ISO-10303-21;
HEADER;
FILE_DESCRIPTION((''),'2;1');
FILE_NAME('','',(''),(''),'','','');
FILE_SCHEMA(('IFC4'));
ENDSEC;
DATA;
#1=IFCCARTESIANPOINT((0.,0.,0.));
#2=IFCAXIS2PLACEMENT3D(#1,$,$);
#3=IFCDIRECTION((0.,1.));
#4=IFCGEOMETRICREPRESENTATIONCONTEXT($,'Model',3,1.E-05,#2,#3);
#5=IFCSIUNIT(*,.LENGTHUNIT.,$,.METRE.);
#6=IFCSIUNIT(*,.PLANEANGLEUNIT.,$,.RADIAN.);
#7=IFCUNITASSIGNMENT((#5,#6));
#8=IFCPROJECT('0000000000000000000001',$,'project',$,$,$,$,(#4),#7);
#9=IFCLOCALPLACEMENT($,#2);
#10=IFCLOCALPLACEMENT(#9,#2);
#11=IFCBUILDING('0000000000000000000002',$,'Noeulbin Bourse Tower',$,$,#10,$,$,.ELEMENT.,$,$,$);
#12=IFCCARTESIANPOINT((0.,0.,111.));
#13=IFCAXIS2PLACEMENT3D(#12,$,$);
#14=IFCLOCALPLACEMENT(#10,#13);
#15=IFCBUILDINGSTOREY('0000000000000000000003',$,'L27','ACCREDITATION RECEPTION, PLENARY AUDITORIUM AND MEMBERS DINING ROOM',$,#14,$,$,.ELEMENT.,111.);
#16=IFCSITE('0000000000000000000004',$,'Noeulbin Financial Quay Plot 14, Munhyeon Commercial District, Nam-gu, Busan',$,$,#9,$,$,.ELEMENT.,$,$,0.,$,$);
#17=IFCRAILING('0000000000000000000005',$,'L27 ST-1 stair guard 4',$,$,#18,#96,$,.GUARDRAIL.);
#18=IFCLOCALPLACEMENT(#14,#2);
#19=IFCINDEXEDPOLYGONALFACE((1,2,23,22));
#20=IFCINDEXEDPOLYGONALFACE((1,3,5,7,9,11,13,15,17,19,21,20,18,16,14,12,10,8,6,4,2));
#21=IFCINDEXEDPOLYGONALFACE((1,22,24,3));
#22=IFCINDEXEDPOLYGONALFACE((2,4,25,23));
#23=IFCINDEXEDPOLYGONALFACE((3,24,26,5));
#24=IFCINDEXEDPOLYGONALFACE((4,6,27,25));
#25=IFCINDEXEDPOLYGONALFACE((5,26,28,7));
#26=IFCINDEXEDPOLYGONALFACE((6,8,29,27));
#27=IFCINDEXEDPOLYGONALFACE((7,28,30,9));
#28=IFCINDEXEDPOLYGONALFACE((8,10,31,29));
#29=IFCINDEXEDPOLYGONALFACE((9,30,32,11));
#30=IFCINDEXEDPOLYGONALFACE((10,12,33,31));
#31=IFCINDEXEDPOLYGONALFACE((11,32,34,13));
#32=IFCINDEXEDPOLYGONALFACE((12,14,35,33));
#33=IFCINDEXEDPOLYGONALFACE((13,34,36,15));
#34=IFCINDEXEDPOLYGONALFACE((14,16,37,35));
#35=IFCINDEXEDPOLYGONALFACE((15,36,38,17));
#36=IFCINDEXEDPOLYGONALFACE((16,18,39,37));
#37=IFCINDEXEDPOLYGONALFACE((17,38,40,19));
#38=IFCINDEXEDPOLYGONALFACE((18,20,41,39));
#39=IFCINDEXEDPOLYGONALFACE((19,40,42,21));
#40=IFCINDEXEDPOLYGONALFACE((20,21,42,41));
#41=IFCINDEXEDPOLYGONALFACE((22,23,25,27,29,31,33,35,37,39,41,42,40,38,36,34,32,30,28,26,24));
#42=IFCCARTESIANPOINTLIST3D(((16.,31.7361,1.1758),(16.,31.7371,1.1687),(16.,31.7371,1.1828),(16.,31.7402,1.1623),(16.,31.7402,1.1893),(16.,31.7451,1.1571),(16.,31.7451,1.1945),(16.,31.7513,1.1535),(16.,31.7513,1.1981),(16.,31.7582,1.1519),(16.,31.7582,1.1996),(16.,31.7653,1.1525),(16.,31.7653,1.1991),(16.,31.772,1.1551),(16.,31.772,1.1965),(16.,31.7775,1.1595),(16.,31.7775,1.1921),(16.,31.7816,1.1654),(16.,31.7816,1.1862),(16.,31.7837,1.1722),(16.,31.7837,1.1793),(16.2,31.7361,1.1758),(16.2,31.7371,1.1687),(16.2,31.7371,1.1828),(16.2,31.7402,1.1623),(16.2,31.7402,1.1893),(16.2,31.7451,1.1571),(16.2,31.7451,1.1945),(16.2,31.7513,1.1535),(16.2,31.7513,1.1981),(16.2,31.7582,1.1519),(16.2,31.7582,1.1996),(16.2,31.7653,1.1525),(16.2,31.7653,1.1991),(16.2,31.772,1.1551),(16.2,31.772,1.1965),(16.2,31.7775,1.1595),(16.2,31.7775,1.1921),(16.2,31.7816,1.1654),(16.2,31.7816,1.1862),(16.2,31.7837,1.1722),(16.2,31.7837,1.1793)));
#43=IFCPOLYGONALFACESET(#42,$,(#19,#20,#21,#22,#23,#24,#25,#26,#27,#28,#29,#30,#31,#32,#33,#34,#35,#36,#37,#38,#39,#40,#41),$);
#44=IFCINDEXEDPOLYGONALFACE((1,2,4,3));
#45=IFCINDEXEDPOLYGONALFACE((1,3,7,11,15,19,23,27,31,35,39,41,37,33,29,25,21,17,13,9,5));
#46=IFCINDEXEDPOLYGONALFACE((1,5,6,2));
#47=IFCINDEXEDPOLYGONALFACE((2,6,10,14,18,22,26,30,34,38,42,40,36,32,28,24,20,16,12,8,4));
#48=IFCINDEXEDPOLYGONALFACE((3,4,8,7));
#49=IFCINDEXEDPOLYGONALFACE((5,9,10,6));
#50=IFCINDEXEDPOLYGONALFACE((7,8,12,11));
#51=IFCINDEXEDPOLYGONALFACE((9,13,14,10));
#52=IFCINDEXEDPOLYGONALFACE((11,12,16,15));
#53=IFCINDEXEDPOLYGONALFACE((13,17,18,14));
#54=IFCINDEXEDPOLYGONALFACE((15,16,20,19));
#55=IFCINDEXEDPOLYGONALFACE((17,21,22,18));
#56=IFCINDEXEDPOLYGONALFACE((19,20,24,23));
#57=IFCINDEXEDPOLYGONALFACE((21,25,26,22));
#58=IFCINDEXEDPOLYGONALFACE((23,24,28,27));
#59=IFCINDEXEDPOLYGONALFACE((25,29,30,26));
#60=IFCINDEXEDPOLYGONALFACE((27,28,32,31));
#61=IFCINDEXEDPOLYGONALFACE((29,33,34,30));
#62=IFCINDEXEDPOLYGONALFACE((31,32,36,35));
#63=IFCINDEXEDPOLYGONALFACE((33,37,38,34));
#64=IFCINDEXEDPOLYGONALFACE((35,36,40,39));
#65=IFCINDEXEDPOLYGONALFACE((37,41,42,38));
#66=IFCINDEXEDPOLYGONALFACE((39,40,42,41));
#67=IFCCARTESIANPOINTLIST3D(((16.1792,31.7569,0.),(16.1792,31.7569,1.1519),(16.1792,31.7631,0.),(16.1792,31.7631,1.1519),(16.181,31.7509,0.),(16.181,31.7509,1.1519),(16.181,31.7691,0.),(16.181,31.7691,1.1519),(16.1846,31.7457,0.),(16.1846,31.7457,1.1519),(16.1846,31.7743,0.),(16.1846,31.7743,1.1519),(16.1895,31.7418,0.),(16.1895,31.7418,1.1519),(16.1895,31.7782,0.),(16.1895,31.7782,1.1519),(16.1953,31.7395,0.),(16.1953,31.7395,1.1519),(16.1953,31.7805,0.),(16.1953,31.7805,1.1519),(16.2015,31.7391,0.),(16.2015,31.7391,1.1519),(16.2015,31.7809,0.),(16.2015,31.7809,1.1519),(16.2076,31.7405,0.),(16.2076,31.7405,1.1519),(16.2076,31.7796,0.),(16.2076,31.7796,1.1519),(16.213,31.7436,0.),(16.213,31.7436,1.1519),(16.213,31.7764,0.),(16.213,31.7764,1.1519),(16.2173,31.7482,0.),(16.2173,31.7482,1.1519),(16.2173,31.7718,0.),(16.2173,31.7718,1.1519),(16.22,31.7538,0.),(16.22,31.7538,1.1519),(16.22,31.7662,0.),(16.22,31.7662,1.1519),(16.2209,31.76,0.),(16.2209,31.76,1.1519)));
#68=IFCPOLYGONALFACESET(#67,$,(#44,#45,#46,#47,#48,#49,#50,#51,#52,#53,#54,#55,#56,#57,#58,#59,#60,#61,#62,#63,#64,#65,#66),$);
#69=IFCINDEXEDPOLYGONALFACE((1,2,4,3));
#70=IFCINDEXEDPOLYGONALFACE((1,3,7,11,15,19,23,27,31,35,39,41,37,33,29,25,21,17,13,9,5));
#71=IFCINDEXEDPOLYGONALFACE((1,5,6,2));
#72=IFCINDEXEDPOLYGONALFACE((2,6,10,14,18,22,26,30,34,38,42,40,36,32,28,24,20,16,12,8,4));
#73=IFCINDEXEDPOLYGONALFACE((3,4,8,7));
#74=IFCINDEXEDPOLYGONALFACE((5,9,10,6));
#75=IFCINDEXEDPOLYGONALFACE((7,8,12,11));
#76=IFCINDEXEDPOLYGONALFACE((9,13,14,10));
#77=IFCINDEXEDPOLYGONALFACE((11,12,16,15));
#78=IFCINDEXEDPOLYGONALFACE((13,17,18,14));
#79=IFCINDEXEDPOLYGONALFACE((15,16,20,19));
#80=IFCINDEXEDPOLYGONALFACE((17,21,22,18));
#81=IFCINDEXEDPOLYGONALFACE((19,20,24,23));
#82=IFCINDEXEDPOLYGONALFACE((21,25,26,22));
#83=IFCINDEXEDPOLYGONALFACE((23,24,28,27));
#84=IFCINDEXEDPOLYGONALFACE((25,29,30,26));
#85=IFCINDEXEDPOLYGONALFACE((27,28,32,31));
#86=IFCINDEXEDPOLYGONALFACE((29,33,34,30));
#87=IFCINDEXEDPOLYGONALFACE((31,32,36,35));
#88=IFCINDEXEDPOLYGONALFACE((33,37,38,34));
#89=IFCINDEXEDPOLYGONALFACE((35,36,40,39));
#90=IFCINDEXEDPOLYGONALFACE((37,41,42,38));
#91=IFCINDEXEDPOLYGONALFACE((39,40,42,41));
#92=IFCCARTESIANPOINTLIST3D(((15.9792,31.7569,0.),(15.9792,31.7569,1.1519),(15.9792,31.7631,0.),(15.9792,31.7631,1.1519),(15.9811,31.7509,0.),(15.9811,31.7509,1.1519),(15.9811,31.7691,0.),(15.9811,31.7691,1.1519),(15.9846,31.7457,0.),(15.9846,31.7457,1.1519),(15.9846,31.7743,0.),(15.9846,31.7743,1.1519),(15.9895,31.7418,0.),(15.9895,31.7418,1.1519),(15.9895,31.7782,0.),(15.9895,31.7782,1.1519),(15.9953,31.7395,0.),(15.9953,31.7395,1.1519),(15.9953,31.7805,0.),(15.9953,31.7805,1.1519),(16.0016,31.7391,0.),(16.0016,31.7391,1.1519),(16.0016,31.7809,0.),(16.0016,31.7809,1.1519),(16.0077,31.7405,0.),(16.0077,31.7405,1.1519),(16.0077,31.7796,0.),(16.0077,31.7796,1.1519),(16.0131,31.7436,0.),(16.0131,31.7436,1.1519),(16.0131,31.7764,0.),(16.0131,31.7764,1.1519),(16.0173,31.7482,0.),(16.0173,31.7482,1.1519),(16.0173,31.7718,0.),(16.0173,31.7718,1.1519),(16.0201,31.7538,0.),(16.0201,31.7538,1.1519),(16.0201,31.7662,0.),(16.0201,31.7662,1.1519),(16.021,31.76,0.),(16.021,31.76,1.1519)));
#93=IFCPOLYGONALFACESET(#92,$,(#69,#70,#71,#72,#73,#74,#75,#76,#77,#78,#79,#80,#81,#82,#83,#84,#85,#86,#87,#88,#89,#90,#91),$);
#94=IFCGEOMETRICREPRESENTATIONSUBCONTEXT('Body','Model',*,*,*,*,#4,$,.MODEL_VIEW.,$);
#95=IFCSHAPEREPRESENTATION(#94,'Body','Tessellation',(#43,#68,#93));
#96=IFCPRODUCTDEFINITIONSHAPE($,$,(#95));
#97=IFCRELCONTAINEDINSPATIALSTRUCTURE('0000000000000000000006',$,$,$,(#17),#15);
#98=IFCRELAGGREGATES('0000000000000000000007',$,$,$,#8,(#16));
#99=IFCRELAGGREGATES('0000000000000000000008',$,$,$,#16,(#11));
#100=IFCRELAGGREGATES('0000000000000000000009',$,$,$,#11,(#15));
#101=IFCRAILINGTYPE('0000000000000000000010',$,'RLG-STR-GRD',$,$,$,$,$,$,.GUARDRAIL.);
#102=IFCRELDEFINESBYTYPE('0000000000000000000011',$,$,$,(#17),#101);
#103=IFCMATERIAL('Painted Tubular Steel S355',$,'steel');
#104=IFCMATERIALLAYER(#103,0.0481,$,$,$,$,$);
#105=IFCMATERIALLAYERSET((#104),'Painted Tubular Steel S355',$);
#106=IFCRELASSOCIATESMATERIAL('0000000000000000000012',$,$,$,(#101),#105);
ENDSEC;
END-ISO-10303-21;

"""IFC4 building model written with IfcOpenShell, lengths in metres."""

from ifc_helpers import new_model, si_unit, direction, frame, origin, origin_2d, place, context, subcontext, project, spatial, circle, extrude, material, layer, layer_set, type_object, element, save


model = new_model("IFC4")

# Units and contexts
model_context = context("Model", 3, precision=1e-05, world=origin(), true_north=direction((0.0, 1.0)))
body_context = subcontext(model_context, "Body", "Model", "MODEL_VIEW")
ifc_project = project(units=[si_unit("LENGTHUNIT", "METRE"), si_unit("PLANEANGLEUNIT", "RADIAN")], contexts=[model_context])

# Site, building, storey
site_placement = place(None, origin())
site = spatial("IfcSite", under=ifc_project, at=site_placement, Name="Noeulbin Financial Quay Plot 14, Munhyeon Commercial District, Nam-gu, Busan", CompositionType="ELEMENT", RefElevation=0.0)
building_placement = place(site_placement, origin())
building = spatial("IfcBuilding", under=site, at=building_placement, Name="Noeulbin Bourse Tower", CompositionType="ELEMENT")
storey_placement = place(building_placement, frame((0.0, 0.0, 111.0)))
storey = spatial("IfcBuildingStorey", under=building, at=storey_placement, Name="L27", Description="ACCREDITATION RECEPTION, PLENARY AUDITORIUM AND MEMBERS DINING ROOM", CompositionType="ELEMENT", Elevation=111.0)

# Railing
ifc_material_1 = material(Name="Painted Tubular Steel S355", Category="steel")
ifc_layer_1 = layer(ifc_material_1, 0.0481)
ifc_layer_set_1 = layer_set([ifc_layer_1], Name="Painted Tubular Steel S355")
railing_type_1 = type_object("IfcRailingType", Name="RLG-STR-GRD", PredefinedType="GUARDRAIL", material=ifc_layer_set_1)
railing_1_placement = place(storey_placement, frame((16.2, 31.76, 0.0)))
element("IfcRailing", 1, at=railing_1_placement, inside=storey, type_object=railing_type_1, Name="L27 ST-1 stair guard 4", PredefinedType="GUARDRAIL", context=body_context, shape_type="SweptSolid", body=[
    extrude(circle(Radius=0.0239, at=origin_2d()), frame((0.0, 0.0, 1.1758), z_axis=(-1.0, 0.0, 0.0), x_axis=(0.0, -1.0, 0.0)), (0.0, 0.0, 1.0), 0.2),
    extrude(circle(Radius=0.021, at=origin_2d()), origin(), (0.0, 0.0, 1.0), 1.1519),
    extrude(circle(Radius=0.021, at=origin_2d()), frame((-0.2, 0.0, 0.0)), (0.0, 0.0, 1.0), 1.1519),
])

save(model, "model.ifc")
